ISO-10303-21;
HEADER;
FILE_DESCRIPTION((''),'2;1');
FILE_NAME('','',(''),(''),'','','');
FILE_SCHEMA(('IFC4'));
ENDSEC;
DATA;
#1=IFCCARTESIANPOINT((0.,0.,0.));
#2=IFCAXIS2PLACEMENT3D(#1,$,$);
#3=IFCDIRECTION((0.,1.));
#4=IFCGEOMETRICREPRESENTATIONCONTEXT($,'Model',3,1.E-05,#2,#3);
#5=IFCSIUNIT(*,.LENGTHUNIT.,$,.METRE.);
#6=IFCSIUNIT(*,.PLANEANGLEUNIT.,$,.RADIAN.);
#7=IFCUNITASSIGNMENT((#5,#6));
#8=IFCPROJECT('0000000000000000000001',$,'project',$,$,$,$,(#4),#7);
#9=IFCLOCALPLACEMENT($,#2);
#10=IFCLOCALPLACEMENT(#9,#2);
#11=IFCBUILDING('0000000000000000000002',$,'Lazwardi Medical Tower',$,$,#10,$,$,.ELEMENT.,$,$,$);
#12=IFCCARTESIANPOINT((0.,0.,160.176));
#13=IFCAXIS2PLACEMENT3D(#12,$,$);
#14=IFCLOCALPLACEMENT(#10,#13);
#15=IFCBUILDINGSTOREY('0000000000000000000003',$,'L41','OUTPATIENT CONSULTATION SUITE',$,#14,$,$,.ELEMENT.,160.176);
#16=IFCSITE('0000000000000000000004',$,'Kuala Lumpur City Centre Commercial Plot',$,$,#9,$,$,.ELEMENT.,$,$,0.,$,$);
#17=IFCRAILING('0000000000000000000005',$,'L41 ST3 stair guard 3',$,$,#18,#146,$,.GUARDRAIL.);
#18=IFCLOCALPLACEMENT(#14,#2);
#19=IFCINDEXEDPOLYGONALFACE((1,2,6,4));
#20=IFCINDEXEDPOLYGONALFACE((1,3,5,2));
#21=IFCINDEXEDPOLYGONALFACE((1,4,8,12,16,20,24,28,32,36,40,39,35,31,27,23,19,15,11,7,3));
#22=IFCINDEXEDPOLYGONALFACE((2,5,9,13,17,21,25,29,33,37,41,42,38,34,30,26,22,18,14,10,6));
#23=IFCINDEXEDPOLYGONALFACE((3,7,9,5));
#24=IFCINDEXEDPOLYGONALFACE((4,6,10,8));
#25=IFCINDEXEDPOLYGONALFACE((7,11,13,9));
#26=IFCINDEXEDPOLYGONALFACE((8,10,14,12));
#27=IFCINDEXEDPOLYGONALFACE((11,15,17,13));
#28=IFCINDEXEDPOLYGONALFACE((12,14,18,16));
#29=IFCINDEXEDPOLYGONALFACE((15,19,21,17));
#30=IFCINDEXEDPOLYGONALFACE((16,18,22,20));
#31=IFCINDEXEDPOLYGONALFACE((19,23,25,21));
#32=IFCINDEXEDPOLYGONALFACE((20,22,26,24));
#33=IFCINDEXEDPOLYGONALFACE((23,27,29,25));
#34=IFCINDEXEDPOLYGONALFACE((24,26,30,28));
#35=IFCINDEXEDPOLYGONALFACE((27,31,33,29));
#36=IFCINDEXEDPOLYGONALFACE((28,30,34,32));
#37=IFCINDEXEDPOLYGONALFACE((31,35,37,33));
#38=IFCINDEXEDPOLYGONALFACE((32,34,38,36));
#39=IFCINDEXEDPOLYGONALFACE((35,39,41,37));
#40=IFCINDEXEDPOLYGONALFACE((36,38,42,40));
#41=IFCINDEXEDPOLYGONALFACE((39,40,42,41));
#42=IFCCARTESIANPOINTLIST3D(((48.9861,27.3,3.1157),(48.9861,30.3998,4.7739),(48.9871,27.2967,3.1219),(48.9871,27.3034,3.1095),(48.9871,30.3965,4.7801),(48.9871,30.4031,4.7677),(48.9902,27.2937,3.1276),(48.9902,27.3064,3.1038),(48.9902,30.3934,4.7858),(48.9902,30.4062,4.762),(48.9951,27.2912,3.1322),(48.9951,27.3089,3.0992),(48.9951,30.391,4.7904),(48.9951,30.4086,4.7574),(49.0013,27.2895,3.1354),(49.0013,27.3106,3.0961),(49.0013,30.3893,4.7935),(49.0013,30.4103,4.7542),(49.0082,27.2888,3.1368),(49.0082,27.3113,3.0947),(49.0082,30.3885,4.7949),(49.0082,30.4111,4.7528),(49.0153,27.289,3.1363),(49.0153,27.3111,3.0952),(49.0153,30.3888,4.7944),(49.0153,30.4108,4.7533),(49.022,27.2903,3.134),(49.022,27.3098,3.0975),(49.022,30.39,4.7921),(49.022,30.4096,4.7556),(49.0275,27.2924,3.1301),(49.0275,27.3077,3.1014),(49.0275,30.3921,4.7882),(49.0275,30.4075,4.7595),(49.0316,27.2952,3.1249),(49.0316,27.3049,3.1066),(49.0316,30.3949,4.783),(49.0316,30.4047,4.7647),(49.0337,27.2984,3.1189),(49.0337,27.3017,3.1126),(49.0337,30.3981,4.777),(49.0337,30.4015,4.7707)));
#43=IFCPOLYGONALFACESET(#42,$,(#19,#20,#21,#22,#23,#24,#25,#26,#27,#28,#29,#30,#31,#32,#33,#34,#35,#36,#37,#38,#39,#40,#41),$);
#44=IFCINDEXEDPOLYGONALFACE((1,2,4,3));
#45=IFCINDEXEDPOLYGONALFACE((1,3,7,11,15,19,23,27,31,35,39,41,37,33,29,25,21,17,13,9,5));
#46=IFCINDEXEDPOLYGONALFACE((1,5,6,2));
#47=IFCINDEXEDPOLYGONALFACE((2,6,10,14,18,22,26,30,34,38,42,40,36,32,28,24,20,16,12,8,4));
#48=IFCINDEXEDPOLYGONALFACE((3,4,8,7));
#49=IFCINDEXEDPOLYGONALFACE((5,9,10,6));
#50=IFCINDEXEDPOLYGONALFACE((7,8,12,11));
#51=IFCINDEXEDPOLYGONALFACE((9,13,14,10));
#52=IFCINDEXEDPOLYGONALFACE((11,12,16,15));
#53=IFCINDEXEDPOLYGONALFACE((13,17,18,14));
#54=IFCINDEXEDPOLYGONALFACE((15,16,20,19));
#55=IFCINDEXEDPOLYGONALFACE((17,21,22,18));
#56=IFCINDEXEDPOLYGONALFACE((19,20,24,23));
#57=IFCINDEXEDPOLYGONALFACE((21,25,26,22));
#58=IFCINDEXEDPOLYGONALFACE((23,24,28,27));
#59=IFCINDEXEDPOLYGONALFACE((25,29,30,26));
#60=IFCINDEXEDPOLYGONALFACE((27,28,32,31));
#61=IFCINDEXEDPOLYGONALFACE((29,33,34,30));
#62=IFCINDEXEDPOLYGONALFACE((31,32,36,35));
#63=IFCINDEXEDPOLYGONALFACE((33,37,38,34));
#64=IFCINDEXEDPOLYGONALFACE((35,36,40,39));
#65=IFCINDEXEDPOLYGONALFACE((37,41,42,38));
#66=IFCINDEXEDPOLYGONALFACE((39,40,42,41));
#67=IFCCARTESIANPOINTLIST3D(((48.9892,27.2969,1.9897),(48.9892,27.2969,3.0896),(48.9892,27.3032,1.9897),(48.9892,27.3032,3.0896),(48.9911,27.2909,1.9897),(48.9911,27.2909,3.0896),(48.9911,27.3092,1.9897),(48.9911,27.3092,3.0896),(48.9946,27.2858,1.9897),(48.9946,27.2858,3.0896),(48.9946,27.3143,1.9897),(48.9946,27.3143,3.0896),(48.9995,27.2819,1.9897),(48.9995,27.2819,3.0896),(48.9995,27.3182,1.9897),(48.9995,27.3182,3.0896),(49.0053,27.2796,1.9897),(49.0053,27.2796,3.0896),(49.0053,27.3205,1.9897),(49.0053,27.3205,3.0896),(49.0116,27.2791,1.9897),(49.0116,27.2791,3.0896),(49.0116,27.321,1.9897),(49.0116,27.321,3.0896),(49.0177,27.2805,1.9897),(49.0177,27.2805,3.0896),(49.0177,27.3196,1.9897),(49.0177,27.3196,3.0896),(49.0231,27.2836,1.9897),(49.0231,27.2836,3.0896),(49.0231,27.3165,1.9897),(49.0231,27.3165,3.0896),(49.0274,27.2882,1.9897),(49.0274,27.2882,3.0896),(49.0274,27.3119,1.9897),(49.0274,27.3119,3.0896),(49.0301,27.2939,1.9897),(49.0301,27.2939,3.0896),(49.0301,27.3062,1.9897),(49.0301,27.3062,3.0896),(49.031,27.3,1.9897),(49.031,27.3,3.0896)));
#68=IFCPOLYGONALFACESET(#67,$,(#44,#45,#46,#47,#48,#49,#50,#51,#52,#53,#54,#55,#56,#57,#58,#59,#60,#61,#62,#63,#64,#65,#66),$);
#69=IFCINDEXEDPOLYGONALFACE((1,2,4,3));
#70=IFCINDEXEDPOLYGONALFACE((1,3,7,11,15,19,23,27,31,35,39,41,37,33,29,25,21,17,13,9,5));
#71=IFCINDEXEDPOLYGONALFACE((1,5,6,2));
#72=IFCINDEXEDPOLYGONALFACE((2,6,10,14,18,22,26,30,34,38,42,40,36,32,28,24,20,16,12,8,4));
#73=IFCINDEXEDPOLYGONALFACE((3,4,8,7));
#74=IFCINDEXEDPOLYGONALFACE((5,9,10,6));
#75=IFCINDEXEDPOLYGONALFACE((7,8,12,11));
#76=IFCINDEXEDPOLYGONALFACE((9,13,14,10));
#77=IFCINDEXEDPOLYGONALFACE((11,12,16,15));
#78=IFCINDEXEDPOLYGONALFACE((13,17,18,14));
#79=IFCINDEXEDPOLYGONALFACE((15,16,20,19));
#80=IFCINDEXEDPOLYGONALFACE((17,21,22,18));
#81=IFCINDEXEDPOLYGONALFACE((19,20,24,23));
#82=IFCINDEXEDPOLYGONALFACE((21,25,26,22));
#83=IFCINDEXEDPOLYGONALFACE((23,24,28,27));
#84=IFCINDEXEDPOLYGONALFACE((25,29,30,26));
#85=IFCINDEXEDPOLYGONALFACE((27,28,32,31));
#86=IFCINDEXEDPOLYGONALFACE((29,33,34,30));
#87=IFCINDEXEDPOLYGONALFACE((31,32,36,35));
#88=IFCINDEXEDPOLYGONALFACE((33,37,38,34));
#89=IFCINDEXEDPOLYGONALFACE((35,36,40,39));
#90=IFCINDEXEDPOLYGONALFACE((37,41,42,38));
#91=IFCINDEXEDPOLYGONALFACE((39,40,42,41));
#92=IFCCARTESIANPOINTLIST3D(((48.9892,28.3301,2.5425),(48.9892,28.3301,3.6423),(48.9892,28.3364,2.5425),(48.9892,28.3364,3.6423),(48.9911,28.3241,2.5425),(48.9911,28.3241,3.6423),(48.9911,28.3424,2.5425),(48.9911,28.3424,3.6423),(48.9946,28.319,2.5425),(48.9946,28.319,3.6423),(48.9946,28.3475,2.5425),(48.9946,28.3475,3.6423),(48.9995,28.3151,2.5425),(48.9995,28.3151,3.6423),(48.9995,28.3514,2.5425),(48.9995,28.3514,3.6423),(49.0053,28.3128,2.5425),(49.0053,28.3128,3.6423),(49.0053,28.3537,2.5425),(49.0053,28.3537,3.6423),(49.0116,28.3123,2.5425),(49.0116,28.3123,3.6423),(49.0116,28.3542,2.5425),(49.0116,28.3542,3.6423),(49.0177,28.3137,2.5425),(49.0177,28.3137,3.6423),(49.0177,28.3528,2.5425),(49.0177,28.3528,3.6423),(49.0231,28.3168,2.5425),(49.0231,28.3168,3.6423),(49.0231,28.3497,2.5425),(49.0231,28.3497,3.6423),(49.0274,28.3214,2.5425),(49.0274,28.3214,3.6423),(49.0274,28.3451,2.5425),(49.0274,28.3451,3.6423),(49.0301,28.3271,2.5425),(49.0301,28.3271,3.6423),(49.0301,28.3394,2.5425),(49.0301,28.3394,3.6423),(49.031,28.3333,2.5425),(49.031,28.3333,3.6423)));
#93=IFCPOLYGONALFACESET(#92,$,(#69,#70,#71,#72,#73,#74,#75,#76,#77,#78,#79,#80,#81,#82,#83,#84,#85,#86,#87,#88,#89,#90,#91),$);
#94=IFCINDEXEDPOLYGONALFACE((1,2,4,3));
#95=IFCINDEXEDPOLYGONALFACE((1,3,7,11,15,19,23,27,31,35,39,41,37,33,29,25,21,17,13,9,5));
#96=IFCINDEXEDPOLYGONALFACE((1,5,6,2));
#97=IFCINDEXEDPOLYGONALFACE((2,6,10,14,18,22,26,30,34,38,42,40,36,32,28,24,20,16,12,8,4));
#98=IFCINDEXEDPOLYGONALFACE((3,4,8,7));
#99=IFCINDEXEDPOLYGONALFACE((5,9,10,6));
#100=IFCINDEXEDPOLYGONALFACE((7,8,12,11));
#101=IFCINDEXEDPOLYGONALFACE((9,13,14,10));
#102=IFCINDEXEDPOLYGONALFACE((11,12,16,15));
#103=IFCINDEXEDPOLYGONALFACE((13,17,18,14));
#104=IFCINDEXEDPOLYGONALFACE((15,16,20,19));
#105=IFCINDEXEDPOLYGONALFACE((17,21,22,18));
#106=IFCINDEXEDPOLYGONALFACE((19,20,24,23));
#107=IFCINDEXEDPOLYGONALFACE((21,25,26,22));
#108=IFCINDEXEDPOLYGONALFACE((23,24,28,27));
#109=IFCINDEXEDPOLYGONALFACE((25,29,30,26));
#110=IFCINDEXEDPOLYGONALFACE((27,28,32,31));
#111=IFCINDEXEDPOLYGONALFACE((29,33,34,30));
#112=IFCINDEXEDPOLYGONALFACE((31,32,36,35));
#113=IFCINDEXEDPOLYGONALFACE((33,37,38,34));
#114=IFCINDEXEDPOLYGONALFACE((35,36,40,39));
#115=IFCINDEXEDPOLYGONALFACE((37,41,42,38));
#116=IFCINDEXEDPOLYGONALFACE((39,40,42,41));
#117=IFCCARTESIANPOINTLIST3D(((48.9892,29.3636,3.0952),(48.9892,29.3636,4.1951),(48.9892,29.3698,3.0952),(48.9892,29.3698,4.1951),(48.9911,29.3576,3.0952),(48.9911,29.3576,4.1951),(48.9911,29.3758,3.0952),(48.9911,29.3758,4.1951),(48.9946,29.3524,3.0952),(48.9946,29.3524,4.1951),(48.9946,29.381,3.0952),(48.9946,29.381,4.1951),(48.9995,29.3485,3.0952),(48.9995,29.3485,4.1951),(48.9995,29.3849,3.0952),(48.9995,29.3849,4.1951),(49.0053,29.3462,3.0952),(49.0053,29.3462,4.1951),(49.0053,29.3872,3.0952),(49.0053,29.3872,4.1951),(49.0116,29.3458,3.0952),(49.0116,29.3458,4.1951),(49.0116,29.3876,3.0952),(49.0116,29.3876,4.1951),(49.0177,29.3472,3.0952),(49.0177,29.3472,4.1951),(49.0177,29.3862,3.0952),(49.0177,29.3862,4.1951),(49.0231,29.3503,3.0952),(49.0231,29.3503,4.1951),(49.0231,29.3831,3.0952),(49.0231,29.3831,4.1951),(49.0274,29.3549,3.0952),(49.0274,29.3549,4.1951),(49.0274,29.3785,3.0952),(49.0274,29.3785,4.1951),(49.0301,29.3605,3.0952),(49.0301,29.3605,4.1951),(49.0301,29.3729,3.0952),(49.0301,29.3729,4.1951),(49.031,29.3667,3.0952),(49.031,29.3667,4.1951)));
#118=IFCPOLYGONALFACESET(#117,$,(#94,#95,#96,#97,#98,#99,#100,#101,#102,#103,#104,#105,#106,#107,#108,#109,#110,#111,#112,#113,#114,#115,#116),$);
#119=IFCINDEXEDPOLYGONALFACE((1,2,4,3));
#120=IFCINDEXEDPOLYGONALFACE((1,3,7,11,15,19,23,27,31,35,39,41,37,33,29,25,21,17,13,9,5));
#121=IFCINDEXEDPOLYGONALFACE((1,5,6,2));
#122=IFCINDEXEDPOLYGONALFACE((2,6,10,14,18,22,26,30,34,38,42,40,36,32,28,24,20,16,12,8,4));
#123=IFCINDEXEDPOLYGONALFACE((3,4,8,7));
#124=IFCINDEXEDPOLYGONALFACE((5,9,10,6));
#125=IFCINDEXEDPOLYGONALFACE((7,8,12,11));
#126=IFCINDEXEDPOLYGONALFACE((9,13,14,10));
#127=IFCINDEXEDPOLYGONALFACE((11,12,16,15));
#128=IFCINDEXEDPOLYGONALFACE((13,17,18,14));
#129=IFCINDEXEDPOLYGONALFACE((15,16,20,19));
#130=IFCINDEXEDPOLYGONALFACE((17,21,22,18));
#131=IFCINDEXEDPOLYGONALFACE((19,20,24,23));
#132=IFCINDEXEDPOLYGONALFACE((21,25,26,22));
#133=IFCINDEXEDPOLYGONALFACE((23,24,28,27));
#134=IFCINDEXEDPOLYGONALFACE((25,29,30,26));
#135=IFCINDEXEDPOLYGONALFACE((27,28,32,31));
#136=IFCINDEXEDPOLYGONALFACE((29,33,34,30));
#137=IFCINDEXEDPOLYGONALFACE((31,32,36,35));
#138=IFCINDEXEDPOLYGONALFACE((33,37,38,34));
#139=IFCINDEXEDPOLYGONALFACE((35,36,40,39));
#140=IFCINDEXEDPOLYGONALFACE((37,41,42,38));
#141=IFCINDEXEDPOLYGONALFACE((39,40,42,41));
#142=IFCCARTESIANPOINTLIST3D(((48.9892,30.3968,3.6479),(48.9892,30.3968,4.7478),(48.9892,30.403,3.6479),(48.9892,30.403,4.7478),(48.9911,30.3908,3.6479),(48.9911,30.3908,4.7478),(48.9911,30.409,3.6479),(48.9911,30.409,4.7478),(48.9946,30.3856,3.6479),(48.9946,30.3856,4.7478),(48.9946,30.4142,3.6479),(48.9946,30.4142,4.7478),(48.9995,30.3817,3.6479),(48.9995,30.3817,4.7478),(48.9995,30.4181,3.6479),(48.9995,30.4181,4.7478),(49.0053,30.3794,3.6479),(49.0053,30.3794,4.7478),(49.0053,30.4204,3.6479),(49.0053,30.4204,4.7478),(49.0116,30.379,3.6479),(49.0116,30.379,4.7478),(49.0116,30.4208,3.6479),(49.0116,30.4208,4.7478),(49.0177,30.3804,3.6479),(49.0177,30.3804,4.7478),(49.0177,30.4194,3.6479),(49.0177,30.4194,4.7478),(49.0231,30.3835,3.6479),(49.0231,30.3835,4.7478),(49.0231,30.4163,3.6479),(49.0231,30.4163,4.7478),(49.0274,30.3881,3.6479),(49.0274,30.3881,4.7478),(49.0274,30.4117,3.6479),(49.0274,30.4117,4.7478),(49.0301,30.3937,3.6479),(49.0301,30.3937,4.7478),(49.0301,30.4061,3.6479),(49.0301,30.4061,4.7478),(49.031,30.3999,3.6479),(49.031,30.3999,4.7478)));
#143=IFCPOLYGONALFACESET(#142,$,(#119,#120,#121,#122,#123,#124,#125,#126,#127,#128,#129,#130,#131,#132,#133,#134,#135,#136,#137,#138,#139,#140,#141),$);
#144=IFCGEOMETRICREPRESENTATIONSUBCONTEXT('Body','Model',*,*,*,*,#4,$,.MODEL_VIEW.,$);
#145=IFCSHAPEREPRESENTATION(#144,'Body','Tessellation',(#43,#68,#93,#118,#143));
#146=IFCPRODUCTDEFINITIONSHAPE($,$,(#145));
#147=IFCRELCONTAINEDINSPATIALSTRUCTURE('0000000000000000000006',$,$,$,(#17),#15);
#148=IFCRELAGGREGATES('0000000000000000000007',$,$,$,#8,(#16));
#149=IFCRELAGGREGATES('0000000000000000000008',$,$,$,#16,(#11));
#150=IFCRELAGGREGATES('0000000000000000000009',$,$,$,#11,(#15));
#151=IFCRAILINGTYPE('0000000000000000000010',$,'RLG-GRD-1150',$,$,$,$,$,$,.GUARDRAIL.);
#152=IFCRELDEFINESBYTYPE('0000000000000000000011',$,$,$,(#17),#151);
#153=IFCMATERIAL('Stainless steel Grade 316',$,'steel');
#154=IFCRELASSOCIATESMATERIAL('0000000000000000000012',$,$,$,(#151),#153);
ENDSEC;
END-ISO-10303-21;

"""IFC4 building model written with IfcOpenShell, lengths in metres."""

from ifc_helpers import new_model, si_unit, direction, frame, origin, origin_2d, place, context, subcontext, project, spatial, circle, extrude, material, type_object, element, save


model = new_model("IFC4")

# Units and contexts
model_context = context("Model", 3, precision=1e-05, world=origin(), true_north=direction((0.0, 1.0)))
body_context = subcontext(model_context, "Body", "Model", "MODEL_VIEW")
ifc_project = project(units=[si_unit("LENGTHUNIT", "METRE"), si_unit("PLANEANGLEUNIT", "RADIAN")], contexts=[model_context])

# Site, building, storey
site_placement = place(None, origin())
site = spatial("IfcSite", under=ifc_project, at=site_placement, Name="Kuala Lumpur City Centre Commercial Plot", CompositionType="ELEMENT", RefElevation=0.0)
building_placement = place(site_placement, origin())
building = spatial("IfcBuilding", under=site, at=building_placement, Name="Lazwardi Medical Tower", CompositionType="ELEMENT")
storey_placement = place(building_placement, frame((0.0, 0.0, 160.176)))
storey = spatial("IfcBuildingStorey", under=building, at=storey_placement, Name="L41", Description="OUTPATIENT CONSULTATION SUITE", CompositionType="ELEMENT", Elevation=160.176)

# Railing
ifc_material_1 = material(Name="Stainless steel Grade 316", Category="steel")
railing_type_1 = type_object("IfcRailingType", Name="RLG-GRD-1150", PredefinedType="GUARDRAIL", material=ifc_material_1)
railing_1_placement = place(storey_placement, frame((49.01, 27.3, 1.9897)))
element("IfcRailing", 1, at=railing_1_placement, inside=storey, type_object=railing_type_1, Name="L41 ST3 stair guard 3", PredefinedType="GUARDRAIL", context=body_context, shape_type="SweptSolid", body=[
    extrude(circle(Radius=0.0239, at=origin_2d()), frame((0.0, 0.0, 1.126), z_axis=(0.0, 0.881768, 0.471684), x_axis=(-1.0, 0.0, 0.0)), (0.0, 0.0, 1.0), 3.5154),
    extrude(circle(Radius=0.021, at=origin_2d()), origin(), (0.0, 0.0, 1.0), 1.0999),
    extrude(circle(Radius=0.021, at=origin_2d()), frame((0.0, 1.0332, 0.5527)), (0.0, 0.0, 1.0), 1.0999),
    extrude(circle(Radius=0.021, at=origin_2d()), frame((0.0, 2.0667, 1.1055)), (0.0, 0.0, 1.0), 1.0999),
    extrude(circle(Radius=0.021, at=origin_2d()), frame((0.0, 3.0999, 1.6582)), (0.0, 0.0, 1.0), 1.0999),
])

save(model, "model.ifc")
